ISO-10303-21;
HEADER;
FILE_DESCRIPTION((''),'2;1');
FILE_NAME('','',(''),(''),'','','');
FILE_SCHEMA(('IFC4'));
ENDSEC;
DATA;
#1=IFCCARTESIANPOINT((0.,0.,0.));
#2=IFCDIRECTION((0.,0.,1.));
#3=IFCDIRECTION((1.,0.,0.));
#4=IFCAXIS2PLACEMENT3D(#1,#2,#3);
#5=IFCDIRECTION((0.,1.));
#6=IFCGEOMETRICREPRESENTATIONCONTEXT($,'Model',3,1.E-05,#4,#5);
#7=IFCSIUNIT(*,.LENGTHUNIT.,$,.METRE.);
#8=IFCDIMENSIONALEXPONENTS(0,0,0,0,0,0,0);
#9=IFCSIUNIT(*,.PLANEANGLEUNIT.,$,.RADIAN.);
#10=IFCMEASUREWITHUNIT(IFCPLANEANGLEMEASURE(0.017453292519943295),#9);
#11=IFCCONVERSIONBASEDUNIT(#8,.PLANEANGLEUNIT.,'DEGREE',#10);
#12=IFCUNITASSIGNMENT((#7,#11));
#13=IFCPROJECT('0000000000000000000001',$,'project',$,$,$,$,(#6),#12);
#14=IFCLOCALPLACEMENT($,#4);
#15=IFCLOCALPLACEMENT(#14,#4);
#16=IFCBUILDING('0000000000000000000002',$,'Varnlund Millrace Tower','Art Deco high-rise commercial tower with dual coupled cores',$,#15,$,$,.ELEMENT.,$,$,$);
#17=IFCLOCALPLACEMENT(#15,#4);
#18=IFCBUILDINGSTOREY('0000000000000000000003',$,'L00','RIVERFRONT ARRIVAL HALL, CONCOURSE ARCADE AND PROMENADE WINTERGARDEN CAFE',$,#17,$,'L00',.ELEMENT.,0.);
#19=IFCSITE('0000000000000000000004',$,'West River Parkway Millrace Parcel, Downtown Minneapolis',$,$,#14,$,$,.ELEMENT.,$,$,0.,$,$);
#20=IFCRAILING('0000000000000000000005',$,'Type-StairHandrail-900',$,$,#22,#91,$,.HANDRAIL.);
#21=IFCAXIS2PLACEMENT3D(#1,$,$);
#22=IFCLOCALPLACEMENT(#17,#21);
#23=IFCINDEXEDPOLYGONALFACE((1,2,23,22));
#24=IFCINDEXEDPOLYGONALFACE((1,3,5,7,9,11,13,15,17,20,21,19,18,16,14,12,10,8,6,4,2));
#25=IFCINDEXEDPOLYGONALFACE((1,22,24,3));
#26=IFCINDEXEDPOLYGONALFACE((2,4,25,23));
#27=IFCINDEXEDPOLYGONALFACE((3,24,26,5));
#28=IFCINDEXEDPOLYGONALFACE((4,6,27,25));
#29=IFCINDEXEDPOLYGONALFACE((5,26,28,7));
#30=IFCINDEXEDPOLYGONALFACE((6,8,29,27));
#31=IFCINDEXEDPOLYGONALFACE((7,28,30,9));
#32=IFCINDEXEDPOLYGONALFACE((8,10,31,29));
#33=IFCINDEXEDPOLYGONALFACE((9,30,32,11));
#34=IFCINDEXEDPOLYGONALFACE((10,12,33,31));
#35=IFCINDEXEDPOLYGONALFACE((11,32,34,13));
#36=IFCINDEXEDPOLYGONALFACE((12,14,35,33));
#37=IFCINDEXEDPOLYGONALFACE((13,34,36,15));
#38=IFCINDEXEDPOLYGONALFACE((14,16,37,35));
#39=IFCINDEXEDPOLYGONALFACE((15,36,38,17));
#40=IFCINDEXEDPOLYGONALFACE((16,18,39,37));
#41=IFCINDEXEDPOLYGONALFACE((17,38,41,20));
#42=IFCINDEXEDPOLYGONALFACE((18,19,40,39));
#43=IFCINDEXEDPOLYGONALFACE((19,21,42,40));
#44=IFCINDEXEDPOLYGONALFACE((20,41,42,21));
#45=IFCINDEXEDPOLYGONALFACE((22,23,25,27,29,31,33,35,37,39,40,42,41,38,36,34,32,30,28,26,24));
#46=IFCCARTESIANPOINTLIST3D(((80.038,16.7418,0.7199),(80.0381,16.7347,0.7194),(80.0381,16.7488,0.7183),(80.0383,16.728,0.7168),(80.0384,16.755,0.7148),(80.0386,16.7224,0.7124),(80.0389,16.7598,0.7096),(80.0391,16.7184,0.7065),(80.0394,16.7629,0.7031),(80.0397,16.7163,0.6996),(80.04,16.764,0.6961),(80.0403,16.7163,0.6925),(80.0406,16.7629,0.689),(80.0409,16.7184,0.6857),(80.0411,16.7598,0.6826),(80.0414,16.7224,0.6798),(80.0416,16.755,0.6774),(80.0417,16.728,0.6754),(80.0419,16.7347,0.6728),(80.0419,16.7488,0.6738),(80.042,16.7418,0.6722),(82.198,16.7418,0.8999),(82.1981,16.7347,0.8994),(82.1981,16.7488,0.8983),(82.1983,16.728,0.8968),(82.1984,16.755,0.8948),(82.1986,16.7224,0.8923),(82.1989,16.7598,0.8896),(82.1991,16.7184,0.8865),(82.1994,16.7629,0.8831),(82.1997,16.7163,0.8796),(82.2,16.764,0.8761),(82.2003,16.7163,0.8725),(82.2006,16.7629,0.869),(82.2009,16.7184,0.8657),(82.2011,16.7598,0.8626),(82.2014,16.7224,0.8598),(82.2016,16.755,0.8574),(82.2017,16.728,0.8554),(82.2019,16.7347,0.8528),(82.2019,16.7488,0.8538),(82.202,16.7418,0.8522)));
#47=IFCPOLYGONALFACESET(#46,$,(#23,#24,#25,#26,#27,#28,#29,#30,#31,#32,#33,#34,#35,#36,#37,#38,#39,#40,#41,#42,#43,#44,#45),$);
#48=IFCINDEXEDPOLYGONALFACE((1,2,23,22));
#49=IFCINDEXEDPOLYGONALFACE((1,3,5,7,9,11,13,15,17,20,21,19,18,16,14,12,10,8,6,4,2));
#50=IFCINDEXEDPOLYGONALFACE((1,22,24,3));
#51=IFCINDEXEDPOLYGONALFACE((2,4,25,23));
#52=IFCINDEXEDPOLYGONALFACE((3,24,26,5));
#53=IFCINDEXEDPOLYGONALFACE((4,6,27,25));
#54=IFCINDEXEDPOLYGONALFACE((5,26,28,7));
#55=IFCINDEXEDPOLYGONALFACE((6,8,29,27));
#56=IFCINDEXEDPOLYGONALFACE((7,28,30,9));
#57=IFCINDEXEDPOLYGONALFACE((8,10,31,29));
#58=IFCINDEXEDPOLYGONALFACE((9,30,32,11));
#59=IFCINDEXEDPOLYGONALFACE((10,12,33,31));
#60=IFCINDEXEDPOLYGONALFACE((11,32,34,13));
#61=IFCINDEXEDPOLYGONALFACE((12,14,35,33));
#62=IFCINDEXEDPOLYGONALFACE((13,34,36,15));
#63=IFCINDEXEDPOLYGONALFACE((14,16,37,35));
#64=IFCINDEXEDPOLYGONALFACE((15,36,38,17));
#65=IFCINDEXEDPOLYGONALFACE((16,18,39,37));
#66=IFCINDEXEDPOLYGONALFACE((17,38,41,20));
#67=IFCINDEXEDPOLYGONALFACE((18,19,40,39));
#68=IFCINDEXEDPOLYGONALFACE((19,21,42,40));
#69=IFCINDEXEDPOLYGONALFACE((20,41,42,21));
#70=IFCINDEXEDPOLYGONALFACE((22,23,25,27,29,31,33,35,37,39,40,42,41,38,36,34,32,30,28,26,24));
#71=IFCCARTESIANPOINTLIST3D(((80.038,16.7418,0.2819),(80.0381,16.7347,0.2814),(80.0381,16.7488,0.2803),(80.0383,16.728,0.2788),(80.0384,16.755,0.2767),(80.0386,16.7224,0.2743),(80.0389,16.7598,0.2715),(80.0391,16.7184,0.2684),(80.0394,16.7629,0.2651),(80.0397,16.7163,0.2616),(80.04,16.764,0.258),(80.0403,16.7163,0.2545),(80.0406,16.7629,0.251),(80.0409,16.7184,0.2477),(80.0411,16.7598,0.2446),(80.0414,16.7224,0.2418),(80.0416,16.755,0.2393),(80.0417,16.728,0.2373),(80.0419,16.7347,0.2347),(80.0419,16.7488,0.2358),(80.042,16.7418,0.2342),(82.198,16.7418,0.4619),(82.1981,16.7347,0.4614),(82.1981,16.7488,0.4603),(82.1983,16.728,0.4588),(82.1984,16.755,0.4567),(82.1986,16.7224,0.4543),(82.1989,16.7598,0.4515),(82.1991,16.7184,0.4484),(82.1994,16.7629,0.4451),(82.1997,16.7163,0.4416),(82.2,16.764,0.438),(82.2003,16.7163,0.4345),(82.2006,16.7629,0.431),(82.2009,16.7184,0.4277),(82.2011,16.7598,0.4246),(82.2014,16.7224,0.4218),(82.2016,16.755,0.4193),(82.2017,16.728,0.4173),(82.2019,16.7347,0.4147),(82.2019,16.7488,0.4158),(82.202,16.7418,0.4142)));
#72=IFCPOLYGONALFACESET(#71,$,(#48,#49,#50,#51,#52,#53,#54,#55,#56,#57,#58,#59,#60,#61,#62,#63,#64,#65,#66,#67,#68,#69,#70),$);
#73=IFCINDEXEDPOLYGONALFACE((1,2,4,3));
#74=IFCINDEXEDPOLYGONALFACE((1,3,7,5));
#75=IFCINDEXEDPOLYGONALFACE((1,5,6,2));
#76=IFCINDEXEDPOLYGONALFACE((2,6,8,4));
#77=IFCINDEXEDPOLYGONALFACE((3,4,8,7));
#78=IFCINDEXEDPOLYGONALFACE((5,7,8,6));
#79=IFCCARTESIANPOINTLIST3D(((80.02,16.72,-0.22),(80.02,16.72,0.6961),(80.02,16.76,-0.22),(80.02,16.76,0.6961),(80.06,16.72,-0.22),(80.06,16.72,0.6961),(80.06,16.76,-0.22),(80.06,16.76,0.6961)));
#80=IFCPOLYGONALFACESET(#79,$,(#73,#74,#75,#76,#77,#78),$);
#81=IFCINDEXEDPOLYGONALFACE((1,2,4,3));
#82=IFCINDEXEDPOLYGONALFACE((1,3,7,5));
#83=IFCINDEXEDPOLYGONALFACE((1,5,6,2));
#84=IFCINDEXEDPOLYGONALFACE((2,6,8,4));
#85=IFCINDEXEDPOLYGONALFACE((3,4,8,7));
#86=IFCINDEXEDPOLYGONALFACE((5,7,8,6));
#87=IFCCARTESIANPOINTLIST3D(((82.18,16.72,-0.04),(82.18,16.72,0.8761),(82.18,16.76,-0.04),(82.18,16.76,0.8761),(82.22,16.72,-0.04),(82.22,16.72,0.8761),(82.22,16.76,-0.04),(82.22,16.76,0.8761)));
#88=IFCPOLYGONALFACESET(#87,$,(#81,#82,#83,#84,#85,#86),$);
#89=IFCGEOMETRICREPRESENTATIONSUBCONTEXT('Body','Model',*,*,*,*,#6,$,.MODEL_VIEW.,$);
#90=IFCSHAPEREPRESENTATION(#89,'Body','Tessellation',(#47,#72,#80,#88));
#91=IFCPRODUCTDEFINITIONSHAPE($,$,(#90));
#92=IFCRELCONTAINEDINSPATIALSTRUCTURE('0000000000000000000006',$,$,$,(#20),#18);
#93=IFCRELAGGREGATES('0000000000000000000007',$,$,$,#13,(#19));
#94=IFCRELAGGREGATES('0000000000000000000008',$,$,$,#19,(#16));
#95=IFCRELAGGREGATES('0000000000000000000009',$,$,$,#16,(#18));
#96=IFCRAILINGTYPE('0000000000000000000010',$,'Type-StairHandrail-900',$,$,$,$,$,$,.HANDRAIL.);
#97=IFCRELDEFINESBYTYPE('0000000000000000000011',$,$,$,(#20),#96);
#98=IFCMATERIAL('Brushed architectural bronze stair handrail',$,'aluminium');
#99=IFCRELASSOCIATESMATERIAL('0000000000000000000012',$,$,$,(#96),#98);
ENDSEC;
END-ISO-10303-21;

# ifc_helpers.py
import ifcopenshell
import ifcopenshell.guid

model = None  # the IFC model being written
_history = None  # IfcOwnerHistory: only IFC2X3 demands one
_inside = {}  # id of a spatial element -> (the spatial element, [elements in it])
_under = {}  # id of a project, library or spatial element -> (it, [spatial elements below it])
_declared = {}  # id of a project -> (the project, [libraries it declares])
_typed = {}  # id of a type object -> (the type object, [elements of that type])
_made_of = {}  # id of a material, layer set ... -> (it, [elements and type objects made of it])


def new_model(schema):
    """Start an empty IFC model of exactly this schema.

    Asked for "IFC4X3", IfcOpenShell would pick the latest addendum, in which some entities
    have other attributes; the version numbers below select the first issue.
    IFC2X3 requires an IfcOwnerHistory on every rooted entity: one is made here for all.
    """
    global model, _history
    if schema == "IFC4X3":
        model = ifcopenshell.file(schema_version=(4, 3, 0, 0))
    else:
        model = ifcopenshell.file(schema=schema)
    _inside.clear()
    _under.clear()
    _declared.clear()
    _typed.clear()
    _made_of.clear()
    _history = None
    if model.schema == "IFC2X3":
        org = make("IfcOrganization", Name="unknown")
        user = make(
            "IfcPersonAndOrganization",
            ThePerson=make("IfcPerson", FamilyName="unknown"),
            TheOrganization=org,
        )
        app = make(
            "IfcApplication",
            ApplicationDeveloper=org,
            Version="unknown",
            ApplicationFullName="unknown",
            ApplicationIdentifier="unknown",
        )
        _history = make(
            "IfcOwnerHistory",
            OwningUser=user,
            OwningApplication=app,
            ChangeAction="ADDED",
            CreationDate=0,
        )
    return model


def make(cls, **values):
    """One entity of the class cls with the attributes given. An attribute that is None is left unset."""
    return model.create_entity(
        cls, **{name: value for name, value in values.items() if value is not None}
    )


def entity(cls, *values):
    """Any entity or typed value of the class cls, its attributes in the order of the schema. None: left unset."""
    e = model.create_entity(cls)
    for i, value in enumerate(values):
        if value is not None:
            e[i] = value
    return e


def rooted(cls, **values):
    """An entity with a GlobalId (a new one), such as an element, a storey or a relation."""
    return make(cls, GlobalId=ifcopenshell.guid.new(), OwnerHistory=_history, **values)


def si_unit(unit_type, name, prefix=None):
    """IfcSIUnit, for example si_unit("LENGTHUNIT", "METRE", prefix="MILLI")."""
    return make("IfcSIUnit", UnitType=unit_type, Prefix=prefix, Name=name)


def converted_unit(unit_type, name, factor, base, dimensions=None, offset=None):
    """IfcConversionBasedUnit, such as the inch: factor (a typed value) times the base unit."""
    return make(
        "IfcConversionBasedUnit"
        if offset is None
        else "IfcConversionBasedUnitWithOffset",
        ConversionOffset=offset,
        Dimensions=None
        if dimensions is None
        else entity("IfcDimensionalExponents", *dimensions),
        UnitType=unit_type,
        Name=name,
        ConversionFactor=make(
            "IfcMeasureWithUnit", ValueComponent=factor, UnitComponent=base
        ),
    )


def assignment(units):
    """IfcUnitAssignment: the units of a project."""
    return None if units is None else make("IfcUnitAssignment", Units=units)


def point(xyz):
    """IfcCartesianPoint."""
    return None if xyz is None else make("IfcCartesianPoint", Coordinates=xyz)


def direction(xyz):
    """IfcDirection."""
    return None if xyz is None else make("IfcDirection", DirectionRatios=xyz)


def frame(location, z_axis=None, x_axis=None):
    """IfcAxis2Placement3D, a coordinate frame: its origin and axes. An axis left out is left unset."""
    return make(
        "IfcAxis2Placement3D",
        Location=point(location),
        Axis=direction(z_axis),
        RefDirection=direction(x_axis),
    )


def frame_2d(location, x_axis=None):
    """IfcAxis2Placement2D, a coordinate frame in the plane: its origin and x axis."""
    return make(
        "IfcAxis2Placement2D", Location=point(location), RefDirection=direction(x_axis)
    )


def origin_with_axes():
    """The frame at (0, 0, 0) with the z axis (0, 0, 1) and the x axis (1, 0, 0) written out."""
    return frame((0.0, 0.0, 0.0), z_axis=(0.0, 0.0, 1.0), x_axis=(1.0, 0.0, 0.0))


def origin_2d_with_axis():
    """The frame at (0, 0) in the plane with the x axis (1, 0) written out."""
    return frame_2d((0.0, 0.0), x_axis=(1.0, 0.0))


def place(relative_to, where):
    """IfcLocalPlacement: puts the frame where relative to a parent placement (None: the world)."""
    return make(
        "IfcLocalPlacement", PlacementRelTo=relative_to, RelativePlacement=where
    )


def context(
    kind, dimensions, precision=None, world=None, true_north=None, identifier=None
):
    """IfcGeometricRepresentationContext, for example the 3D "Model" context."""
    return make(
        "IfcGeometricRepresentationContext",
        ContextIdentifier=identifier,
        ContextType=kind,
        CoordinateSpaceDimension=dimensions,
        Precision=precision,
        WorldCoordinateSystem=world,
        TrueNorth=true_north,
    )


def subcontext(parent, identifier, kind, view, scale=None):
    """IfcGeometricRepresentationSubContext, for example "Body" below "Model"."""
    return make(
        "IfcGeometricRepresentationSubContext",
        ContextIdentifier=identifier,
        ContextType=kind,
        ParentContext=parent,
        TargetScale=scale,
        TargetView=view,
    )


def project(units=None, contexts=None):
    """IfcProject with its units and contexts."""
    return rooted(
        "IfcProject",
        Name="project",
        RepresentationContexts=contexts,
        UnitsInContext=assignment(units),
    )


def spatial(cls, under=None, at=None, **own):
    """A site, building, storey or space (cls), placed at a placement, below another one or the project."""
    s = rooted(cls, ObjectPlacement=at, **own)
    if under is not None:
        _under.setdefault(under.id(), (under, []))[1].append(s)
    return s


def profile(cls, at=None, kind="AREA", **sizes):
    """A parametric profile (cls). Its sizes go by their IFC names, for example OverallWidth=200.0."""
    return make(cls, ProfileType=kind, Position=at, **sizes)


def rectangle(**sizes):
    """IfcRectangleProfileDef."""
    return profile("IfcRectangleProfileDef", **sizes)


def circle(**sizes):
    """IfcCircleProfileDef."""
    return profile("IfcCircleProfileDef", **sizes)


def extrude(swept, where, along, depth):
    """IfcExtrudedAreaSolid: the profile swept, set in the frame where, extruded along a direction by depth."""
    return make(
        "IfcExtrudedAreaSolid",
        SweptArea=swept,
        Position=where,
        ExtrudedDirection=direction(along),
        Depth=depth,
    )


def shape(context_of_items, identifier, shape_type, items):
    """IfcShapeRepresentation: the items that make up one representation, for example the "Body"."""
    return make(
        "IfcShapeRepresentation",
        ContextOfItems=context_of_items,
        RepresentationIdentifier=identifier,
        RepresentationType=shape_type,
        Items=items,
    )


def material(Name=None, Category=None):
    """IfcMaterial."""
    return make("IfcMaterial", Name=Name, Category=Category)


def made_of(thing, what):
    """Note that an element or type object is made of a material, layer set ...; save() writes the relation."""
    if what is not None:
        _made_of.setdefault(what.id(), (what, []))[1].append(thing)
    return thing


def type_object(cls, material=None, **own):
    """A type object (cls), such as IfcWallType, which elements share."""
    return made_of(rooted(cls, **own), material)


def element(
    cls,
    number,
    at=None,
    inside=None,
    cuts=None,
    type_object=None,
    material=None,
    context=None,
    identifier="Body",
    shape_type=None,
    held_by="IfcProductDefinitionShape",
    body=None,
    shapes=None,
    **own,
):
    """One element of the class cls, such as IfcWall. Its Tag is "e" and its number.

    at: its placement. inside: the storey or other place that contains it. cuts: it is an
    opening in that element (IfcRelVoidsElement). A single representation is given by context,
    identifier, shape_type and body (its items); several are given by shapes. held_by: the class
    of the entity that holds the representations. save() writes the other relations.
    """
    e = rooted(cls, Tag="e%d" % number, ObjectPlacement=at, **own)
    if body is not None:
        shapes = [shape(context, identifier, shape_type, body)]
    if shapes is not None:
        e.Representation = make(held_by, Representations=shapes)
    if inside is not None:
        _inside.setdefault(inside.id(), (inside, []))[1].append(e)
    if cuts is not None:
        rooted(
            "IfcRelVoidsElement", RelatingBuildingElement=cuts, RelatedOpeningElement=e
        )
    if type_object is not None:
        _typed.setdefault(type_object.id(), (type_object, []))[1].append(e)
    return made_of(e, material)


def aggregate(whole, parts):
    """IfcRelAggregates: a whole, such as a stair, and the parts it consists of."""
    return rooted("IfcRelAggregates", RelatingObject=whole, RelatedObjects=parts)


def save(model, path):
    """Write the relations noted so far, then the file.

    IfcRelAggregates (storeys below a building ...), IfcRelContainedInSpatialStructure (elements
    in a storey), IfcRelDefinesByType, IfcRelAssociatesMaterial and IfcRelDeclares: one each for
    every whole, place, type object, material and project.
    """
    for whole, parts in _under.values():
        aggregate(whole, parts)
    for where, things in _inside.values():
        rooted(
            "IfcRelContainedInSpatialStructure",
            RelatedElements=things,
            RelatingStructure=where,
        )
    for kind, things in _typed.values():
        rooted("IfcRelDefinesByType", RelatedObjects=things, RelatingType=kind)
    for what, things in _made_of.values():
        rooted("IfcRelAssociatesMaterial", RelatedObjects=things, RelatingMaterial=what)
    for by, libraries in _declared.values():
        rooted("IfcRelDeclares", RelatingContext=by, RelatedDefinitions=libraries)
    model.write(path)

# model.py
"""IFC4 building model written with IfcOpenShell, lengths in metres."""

from ifc_helpers import new_model, entity, si_unit, converted_unit, direction, frame, origin_with_axes, origin_2d_with_axis, place, context, subcontext, project, spatial, rectangle, circle, extrude, material, type_object, element, save


model = new_model("IFC4")

# Units and contexts
model_context = context("Model", 3, precision=1e-05, world=origin_with_axes(), true_north=direction((0.0, 1.0)))
body_context = subcontext(model_context, "Body", "Model", "MODEL_VIEW")
ifc_project = project(units=[si_unit("LENGTHUNIT", "METRE"), converted_unit("PLANEANGLEUNIT", "DEGREE", entity("IfcPlaneAngleMeasure", 0.017453292519943295), si_unit("PLANEANGLEUNIT", "RADIAN"), dimensions=[0, 0, 0, 0, 0, 0, 0])], contexts=[model_context])

# Site, building, storey
site_placement = place(None, origin_with_axes())
site = spatial("IfcSite", under=ifc_project, at=site_placement, Name="West River Parkway Millrace Parcel, Downtown Minneapolis", CompositionType="ELEMENT", RefElevation=0.0)
building_placement = place(site_placement, origin_with_axes())
building = spatial("IfcBuilding", under=site, at=building_placement, Name="Varnlund Millrace Tower", Description="Art Deco high-rise commercial tower with dual coupled cores", CompositionType="ELEMENT")
storey_placement = place(building_placement, origin_with_axes())
storey = spatial("IfcBuildingStorey", under=building, at=storey_placement, Name="L00", Description="RIVERFRONT ARRIVAL HALL, CONCOURSE ARCADE AND PROMENADE WINTERGARDEN CAFE", LongName="L00", CompositionType="ELEMENT", Elevation=0.0)

# Railing
ifc_material_1 = material(Name="Brushed architectural bronze stair handrail", Category="aluminium")
railing_type_1 = type_object("IfcRailingType", Name="Type-StairHandrail-900", PredefinedType="HANDRAIL", material=ifc_material_1)
railing_1_placement = place(storey_placement, origin_with_axes())
element("IfcRailing", 1, at=railing_1_placement, inside=storey, type_object=railing_type_1, Name="Type-StairHandrail-900", PredefinedType="HANDRAIL", context=body_context, shape_type="SweptSolid", body=[
    extrude(circle(Radius=0.024, at=origin_2d_with_axis()), frame((80.04, 16.74, 0.6961), z_axis=(0.996546, 0.0, 0.083045), x_axis=(0.0, 1.0, 0.0)), (0.0, 0.0, 1.0), 2.1675),
    extrude(circle(Radius=0.024, at=origin_2d_with_axis()), frame((80.04, 16.74, 0.258), z_axis=(0.996546, 0.0, 0.083045), x_axis=(0.0, 1.0, 0.0)), (0.0, 0.0, 1.0), 2.1675),
    extrude(rectangle(XDim=0.04, YDim=0.04, at=origin_2d_with_axis()), frame((80.04, 16.74, -0.22), z_axis=(0.0, 0.0, 1.0), x_axis=(1.0, 0.0, 0.0)), (0.0, 0.0, 1.0), 0.9161),
    extrude(rectangle(XDim=0.04, YDim=0.04, at=origin_2d_with_axis()), frame((82.2, 16.74, -0.04), z_axis=(0.0, 0.0, 1.0), x_axis=(1.0, 0.0, 0.0)), (0.0, 0.0, 1.0), 0.9161),
])

save(model, "model.ifc")
